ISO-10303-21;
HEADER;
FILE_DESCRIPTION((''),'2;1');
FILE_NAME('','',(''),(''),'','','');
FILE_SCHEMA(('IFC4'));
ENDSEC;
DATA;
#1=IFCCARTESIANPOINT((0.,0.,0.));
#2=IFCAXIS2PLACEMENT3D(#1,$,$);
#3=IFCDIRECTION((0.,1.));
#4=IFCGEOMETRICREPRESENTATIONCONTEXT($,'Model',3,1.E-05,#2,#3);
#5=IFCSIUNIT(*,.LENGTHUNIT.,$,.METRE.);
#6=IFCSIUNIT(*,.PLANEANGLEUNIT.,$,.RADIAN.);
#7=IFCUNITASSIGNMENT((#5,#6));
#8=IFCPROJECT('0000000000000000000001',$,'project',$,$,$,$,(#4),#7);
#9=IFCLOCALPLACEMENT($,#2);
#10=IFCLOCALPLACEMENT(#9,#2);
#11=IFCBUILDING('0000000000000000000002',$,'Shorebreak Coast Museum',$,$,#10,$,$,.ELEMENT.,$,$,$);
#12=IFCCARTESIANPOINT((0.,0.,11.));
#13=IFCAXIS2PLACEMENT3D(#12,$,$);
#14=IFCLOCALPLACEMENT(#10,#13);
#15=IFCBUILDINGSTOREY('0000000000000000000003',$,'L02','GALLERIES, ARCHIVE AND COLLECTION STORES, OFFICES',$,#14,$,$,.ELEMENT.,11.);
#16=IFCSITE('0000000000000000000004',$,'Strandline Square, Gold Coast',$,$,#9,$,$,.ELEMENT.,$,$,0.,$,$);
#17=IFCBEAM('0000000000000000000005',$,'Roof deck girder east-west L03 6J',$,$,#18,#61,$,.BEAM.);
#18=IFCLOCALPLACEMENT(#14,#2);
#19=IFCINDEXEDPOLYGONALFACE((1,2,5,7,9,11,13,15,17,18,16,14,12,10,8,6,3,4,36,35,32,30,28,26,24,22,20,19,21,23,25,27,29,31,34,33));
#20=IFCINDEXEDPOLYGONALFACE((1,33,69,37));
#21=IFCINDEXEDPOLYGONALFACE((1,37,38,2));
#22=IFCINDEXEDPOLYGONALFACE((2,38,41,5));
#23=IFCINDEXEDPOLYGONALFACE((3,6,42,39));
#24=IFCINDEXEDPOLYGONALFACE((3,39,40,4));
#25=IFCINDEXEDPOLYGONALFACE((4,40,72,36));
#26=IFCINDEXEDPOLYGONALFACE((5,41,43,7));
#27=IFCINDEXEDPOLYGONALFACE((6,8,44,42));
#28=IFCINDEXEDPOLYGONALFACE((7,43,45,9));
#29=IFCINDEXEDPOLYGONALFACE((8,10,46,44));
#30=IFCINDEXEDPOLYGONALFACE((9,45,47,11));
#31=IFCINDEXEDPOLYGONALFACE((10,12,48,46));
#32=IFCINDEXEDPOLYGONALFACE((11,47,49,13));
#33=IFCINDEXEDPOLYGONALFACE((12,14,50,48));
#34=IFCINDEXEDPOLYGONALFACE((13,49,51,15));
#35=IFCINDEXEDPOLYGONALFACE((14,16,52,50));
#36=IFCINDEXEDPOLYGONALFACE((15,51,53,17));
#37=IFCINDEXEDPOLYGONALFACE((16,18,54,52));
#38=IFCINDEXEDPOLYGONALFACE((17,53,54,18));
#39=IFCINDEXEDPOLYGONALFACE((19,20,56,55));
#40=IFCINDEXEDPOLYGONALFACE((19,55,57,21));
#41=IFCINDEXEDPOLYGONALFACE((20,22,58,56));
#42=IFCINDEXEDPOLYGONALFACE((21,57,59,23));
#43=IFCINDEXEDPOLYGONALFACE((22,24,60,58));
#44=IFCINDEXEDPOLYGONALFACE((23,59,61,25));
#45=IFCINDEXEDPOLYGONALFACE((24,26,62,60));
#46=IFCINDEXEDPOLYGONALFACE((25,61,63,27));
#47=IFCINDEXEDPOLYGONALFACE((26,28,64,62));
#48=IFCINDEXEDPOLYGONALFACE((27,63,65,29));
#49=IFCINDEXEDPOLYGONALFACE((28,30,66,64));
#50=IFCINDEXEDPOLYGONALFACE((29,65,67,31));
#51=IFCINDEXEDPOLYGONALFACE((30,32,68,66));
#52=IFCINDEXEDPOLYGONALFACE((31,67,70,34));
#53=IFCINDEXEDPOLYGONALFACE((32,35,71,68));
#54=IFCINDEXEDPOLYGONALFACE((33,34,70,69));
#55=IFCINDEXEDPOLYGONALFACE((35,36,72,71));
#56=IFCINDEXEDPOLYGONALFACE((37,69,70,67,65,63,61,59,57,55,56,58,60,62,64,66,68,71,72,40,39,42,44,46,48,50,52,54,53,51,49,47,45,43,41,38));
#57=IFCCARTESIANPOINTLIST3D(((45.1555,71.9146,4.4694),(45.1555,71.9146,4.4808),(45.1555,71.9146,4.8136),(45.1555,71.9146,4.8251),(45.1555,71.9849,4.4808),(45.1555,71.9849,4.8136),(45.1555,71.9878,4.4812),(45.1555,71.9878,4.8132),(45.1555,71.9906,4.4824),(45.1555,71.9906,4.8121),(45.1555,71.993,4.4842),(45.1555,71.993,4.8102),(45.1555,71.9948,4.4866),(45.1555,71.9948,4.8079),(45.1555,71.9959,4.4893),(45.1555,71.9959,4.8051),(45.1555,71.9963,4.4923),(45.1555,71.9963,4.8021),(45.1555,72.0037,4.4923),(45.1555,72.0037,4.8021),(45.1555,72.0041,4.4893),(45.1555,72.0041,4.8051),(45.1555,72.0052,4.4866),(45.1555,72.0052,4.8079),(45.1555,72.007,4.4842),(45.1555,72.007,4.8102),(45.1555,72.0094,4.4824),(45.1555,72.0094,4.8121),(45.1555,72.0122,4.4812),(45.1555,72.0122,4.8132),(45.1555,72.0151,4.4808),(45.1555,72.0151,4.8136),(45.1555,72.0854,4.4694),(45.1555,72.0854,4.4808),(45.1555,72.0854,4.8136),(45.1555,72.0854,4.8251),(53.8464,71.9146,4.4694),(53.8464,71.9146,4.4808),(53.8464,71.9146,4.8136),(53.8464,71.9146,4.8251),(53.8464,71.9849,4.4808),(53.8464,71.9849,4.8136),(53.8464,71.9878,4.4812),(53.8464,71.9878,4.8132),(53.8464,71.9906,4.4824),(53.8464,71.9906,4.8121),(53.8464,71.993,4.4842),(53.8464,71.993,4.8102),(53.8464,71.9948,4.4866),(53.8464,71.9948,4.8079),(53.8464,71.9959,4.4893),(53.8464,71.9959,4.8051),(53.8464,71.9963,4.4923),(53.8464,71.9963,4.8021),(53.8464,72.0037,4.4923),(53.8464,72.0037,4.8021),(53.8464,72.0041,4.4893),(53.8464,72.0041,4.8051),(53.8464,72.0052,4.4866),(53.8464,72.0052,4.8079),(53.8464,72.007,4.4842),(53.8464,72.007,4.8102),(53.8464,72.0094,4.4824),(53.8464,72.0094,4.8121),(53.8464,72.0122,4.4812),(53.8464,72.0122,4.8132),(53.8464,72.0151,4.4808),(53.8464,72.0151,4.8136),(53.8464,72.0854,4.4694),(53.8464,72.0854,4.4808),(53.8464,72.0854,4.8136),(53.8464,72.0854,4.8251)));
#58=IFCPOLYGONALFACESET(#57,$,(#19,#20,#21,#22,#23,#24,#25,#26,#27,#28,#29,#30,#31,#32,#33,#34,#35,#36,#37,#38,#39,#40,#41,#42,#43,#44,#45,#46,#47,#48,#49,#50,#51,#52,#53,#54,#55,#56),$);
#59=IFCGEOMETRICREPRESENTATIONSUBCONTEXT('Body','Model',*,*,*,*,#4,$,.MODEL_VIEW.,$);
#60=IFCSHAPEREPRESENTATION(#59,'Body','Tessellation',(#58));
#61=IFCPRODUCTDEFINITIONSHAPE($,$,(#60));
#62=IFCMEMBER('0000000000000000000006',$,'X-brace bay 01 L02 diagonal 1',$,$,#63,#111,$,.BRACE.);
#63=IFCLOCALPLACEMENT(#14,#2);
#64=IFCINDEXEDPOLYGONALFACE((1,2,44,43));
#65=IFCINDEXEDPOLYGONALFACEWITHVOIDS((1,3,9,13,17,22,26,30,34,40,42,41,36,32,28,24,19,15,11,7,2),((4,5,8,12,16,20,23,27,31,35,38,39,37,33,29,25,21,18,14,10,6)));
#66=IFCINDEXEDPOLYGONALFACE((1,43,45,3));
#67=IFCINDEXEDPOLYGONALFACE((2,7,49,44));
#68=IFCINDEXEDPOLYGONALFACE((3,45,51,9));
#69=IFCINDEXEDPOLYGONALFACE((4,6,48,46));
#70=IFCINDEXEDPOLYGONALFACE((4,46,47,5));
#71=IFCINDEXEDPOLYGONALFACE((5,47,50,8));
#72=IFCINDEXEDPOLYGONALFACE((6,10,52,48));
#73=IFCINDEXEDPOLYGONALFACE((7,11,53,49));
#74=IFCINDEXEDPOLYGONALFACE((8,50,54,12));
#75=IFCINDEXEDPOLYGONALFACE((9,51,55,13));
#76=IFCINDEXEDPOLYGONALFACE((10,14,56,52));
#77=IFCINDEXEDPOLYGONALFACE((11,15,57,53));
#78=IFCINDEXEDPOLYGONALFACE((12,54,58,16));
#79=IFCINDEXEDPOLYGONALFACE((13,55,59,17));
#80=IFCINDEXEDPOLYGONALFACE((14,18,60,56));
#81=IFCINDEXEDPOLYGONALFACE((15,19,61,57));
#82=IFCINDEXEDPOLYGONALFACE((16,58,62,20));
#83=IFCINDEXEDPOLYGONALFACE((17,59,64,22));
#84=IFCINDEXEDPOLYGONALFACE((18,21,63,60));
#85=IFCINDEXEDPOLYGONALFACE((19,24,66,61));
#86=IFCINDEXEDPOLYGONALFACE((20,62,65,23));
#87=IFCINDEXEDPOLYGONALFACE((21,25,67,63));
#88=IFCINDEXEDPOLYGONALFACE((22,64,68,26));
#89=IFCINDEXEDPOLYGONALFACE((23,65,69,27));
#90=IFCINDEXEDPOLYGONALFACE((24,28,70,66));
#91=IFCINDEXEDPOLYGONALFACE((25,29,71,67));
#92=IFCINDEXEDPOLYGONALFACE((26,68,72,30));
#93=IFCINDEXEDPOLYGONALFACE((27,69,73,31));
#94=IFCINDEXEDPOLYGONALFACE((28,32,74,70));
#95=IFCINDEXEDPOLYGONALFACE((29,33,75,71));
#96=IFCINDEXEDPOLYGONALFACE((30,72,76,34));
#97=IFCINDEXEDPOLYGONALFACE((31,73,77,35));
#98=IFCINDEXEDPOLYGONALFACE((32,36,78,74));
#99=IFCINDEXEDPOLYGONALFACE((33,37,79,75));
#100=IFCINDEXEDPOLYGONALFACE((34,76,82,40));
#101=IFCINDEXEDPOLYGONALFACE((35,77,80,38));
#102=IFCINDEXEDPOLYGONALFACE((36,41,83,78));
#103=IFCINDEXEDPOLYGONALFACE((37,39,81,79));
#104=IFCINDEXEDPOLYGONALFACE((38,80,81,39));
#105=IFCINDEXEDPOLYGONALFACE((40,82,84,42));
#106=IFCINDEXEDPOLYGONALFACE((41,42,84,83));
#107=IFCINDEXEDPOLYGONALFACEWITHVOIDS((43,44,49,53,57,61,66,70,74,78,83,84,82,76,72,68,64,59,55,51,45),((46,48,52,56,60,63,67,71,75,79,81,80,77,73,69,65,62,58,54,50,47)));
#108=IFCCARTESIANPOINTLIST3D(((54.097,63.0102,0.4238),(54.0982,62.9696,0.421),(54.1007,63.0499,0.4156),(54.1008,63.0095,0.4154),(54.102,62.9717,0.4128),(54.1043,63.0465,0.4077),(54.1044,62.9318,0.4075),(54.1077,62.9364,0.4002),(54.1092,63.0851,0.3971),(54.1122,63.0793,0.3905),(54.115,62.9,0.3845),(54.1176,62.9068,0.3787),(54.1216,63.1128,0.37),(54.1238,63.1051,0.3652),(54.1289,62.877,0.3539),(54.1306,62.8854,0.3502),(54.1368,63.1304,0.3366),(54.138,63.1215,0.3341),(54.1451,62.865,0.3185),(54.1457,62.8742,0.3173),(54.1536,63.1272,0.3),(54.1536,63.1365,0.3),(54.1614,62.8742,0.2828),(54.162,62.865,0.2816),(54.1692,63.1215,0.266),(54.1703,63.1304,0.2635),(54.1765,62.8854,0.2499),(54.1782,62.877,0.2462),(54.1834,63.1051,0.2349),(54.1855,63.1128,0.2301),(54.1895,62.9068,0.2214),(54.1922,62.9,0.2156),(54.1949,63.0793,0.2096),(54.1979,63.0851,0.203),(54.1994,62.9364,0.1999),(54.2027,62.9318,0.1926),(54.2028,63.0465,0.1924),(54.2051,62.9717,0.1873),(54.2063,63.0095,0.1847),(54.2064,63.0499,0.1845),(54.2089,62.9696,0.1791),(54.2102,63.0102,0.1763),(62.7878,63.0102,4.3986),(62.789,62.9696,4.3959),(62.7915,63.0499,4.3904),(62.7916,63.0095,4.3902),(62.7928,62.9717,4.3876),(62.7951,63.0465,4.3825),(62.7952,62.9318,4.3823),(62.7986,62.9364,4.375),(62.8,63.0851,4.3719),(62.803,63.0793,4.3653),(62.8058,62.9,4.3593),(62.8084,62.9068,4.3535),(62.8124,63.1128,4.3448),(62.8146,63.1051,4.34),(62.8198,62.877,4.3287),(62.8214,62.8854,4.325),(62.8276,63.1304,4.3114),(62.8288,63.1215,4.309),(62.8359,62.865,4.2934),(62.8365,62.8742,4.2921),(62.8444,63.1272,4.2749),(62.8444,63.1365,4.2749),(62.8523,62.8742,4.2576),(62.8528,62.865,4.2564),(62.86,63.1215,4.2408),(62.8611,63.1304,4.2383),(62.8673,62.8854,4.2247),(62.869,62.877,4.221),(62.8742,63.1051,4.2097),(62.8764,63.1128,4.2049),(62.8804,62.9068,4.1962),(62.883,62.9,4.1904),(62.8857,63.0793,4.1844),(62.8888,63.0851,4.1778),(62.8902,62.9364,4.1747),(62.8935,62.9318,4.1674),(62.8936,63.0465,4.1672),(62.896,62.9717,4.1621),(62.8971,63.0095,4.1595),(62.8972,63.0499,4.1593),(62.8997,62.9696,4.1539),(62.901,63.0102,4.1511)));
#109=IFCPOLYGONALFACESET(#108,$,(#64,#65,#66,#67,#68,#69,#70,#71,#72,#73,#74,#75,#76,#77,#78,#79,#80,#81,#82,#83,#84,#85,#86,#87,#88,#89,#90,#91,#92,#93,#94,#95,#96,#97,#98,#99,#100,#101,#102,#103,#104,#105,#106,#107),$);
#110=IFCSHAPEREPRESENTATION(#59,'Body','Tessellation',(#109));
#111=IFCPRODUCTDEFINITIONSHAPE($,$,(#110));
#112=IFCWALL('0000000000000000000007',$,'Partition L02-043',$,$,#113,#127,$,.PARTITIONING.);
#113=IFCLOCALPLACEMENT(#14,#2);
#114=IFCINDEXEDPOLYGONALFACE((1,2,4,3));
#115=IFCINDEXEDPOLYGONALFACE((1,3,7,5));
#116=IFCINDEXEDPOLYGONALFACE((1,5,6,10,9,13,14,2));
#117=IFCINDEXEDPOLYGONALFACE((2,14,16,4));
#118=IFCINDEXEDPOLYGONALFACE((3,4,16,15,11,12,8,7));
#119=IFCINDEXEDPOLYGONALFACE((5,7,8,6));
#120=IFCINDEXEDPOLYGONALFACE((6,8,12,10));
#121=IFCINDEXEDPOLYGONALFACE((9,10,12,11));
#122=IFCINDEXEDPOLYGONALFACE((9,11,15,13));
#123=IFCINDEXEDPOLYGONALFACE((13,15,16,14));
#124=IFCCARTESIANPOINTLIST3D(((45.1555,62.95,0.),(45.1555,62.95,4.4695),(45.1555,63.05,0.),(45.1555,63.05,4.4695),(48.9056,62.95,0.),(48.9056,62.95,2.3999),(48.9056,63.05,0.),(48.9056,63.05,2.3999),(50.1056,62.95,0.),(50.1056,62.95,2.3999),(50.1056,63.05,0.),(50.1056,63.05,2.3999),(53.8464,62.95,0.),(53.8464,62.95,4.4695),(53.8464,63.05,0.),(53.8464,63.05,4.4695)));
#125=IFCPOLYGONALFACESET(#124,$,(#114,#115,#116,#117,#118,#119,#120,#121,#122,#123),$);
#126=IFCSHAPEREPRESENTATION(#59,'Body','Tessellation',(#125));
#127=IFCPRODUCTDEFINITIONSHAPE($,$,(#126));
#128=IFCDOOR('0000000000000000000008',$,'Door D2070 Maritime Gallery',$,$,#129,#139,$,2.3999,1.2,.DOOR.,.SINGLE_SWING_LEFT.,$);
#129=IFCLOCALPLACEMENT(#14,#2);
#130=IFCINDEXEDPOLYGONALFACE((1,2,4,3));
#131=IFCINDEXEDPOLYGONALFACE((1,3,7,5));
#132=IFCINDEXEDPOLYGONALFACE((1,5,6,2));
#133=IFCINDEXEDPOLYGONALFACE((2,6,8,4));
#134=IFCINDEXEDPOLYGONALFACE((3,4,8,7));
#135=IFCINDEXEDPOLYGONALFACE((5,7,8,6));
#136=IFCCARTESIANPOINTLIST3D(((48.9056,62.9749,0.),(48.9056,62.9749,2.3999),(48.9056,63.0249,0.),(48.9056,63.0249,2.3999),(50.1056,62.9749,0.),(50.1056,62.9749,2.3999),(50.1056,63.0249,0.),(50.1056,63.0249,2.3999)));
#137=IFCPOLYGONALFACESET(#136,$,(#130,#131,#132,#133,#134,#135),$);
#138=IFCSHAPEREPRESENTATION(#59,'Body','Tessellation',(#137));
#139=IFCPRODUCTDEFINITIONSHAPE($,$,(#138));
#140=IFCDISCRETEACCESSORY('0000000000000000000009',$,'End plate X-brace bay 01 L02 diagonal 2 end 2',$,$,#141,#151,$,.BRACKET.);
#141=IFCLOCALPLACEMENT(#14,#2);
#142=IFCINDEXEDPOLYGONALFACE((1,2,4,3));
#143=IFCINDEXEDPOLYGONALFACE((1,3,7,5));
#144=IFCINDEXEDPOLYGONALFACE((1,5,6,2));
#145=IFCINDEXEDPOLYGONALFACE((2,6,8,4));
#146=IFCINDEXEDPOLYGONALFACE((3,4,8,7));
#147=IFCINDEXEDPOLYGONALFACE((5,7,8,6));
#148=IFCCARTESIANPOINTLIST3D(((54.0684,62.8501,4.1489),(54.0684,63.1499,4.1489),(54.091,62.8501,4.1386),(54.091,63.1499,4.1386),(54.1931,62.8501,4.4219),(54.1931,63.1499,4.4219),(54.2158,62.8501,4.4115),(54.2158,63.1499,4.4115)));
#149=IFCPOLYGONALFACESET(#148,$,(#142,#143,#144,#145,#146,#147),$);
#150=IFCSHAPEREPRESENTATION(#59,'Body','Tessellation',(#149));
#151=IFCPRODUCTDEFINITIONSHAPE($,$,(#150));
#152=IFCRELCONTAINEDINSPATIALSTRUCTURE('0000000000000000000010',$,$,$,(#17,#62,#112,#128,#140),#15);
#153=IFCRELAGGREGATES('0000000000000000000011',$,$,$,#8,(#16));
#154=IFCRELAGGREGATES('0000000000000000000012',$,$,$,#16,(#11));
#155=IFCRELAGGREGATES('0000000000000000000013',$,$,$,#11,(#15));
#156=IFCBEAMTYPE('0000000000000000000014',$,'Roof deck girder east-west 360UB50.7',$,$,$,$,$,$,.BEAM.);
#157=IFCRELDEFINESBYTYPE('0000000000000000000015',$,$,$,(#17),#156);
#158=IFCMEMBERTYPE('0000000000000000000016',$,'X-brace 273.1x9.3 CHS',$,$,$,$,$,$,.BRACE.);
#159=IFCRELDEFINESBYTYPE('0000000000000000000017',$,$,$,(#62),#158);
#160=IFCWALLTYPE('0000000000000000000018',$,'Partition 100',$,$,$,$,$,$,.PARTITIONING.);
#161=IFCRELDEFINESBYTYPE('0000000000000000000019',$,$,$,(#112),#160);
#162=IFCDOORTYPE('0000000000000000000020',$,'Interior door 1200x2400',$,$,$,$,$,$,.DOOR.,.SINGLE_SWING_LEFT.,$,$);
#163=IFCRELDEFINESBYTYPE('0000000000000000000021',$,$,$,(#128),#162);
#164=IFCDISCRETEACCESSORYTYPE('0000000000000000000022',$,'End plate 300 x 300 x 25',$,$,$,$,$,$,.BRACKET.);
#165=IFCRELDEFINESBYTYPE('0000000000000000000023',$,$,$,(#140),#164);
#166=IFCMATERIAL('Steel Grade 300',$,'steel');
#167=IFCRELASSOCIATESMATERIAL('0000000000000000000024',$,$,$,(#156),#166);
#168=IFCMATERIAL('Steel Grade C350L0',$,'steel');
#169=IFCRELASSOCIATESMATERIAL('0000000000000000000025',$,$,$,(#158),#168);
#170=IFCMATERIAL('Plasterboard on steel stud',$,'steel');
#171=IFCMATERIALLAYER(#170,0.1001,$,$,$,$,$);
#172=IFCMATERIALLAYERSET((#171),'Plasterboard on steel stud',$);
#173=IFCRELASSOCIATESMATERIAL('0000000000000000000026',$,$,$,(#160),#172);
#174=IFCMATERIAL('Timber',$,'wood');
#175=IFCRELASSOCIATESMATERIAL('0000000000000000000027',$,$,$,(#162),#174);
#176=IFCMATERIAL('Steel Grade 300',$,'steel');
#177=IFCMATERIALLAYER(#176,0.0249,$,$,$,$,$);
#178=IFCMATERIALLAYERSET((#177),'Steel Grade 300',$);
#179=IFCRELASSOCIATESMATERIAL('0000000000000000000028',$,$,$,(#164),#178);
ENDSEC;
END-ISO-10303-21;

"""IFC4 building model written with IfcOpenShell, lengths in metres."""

from ifc_helpers import new_model, si_unit, direction, frame, frame_2d, origin, origin_2d, place, context, subcontext, project, spatial, polyline, rectangle, hollow_circle, i_section, outline, extrude, material, layer, layer_set, material_profile, profile_set, type_object, element, fill, save


model = new_model("IFC4")

# Units and contexts
model_context = context("Model", 3, precision=1e-05, world=origin(), true_north=direction((0.0, 1.0)))
body_context = subcontext(model_context, "Body", "Model", "MODEL_VIEW")
ifc_project = project(units=[si_unit("LENGTHUNIT", "METRE"), si_unit("PLANEANGLEUNIT", "RADIAN")], contexts=[model_context])

# Site, building, storey
site_placement = place(None, origin())
site = spatial("IfcSite", under=ifc_project, at=site_placement, Name="Strandline Square, Gold Coast", CompositionType="ELEMENT", RefElevation=0.0)
building_placement = place(site_placement, origin())
building = spatial("IfcBuilding", under=site, at=building_placement, Name="Shorebreak Coast Museum", CompositionType="ELEMENT")
storey_placement = place(building_placement, frame((0.0, 0.0, 11.0)))
storey = spatial("IfcBuildingStorey", under=building, at=storey_placement, Name="L02", Description="GALLERIES, ARCHIVE AND COLLECTION STORES, OFFICES", CompositionType="ELEMENT", Elevation=11.0)

# Beam
ifc_material_1 = material(Name="Steel Grade 300", Category="steel")
ifc_material_profile_1 = material_profile(ifc_material_1, i_section(OverallWidth=0.1709, OverallDepth=0.3557, WebThickness=0.0073, FlangeThickness=0.0115, FilletRadius=0.0115, at=origin_2d()), Name="360UB50.7")
ifc_profile_set_1 = profile_set([ifc_material_profile_1], Name="Steel Grade 300")
beam_type_1 = type_object("IfcBeamType", Name="Roof deck girder east-west 360UB50.7", PredefinedType="BEAM", material=ifc_profile_set_1)
for number, where, z_axis, x_axis, name in (
    (1, (45.1555, 72.0, 4.6472), (1.0, 0.0, 0.0), (0.0, 1.0, 0.0), "Roof deck girder east-west L03 6J"),
):
    element("IfcBeam", number, at=place(storey_placement, frame(where, z_axis=z_axis, x_axis=x_axis)), inside=storey, type_object=beam_type_1, Name=name, PredefinedType="BEAM", context=body_context, shape_type="SweptSolid", body=[
        extrude(i_section(OverallWidth=0.1709, OverallDepth=0.3557, WebThickness=0.0073, FlangeThickness=0.0115, FilletRadius=0.0115, at=origin_2d()), origin(), (0.0, 0.0, 1.0), 8.6909),
    ])

# Member
ifc_material_2 = material(Name="Steel Grade C350L0", Category="steel")
ifc_material_profile_2 = material_profile(ifc_material_2, hollow_circle(Radius=0.1365, WallThickness=0.0093, at=origin_2d()), Name="273.1x9.3 CHS")
ifc_profile_set_2 = profile_set([ifc_material_profile_2], Name="Steel Grade C350L0")
member_type = type_object("IfcMemberType", Name="X-brace 273.1x9.3 CHS", PredefinedType="BRACE", material=ifc_profile_set_2)
member_placement = place(storey_placement, frame((54.1536, 63.0, 0.3), z_axis=(0.909401, 0.0, 0.415921), x_axis=(0.0, 1.0, 0.0)))
element("IfcMember", 2, at=member_placement, inside=storey, type_object=member_type, Name="X-brace bay 01 L02 diagonal 1", PredefinedType="BRACE", context=body_context, shape_type="SweptSolid", body=[
    extrude(hollow_circle(Radius=0.1365, WallThickness=0.0093, at=origin_2d()), origin(), (0.0, 0.0, 1.0), 9.5566),
])

# Wall, opening, door
ifc_material_3 = material(Name="Plasterboard on steel stud", Category="steel")
ifc_layer_1 = layer(ifc_material_3, 0.1001)
ifc_layer_set_1 = layer_set([ifc_layer_1], Name="Plasterboard on steel stud")
wall_type = type_object("IfcWallType", Name="Partition 100", PredefinedType="PARTITIONING", material=ifc_layer_set_1)
wall_placement = place(storey_placement, frame((45.1555, 63.0, 0.0), z_axis=(0.0, 0.0, 1.0), x_axis=(1.0, 0.0, 0.0)))
wall = element("IfcWall", 3, at=wall_placement, inside=storey, type_object=wall_type, Name="Partition L02-043", PredefinedType="PARTITIONING", context=body_context, shape_type="SweptSolid", body=[
    extrude(rectangle(XDim=8.6909, YDim=0.1001, at=frame_2d((4.3455, 0.0))), origin(), (0.0, 0.0, 1.0), 4.4695),
])
opening_placement = place(wall_placement, frame((3.75, 0.0, 0.0)))
opening = element("IfcOpeningElement", 4, at=opening_placement, cuts=wall, PredefinedType="OPENING", context=body_context, shape_type="SweptSolid", body=[
    extrude(rectangle(XDim=1.2, YDim=2.3999, at=frame_2d((0.6001, 1.2))), frame((0.0, 0.0601, 0.0), z_axis=(0.0, -1.0, 0.0), x_axis=(1.0, 0.0, 0.0)), (0.0, 0.0, 1.0), 0.1201),
])
ifc_material_4 = material(Name="Timber", Category="wood")
door_type = type_object("IfcDoorType", Name="Interior door 1200x2400", OperationType="SINGLE_SWING_LEFT", PredefinedType="DOOR", material=ifc_material_4)
door_placement = place(opening_placement, origin())
door = element("IfcDoor", 5, at=door_placement, inside=storey, type_object=door_type, Name="Door D2070 Maritime Gallery", OperationType="SINGLE_SWING_LEFT", OverallHeight=2.3999, OverallWidth=1.2, PredefinedType="DOOR", context=body_context, shape_type="SweptSolid", body=[
    extrude(rectangle(XDim=1.2, YDim=2.3999, at=frame_2d((0.6001, 1.2))), frame((0.0, 0.0249, 0.0), z_axis=(0.0, -1.0, 0.0), x_axis=(1.0, 0.0, 0.0)), (0.0, 0.0, 1.0), 0.05),
])
fill(opening, door)

# Discrete accessory
ifc_material_5 = material(Name="Steel Grade 300", Category="steel")
ifc_layer_2 = layer(ifc_material_5, 0.0249)
ifc_layer_set_2 = layer_set([ifc_layer_2], Name="Steel Grade 300")
discrete_accessory_type = type_object("IfcDiscreteAccessoryType", Name="End plate 300 x 300 x 25", PredefinedType="BRACKET", material=ifc_layer_set_2)
discrete_accessory_placement = place(storey_placement, frame((54.0684, 63.1499, 4.1489), z_axis=(-0.909501, 0.0, 0.415702), x_axis=(0.0, -1.0, 0.0)))
element("IfcDiscreteAccessory", 6, at=discrete_accessory_placement, inside=storey, type_object=discrete_accessory_type, Name="End plate X-brace bay 01 L02 diagonal 2 end 2", PredefinedType="BRACKET", context=body_context, shape_type="SweptSolid", body=[
    extrude(outline(polyline([(0.0, 0.0), (0.2998, 0.0), (0.2998, 0.3001), (0.0, 0.3001), (0.0, 0.0)])), origin(), (0.0, 0.0, -1.0), 0.0249),
])

save(model, "model.ifc")
